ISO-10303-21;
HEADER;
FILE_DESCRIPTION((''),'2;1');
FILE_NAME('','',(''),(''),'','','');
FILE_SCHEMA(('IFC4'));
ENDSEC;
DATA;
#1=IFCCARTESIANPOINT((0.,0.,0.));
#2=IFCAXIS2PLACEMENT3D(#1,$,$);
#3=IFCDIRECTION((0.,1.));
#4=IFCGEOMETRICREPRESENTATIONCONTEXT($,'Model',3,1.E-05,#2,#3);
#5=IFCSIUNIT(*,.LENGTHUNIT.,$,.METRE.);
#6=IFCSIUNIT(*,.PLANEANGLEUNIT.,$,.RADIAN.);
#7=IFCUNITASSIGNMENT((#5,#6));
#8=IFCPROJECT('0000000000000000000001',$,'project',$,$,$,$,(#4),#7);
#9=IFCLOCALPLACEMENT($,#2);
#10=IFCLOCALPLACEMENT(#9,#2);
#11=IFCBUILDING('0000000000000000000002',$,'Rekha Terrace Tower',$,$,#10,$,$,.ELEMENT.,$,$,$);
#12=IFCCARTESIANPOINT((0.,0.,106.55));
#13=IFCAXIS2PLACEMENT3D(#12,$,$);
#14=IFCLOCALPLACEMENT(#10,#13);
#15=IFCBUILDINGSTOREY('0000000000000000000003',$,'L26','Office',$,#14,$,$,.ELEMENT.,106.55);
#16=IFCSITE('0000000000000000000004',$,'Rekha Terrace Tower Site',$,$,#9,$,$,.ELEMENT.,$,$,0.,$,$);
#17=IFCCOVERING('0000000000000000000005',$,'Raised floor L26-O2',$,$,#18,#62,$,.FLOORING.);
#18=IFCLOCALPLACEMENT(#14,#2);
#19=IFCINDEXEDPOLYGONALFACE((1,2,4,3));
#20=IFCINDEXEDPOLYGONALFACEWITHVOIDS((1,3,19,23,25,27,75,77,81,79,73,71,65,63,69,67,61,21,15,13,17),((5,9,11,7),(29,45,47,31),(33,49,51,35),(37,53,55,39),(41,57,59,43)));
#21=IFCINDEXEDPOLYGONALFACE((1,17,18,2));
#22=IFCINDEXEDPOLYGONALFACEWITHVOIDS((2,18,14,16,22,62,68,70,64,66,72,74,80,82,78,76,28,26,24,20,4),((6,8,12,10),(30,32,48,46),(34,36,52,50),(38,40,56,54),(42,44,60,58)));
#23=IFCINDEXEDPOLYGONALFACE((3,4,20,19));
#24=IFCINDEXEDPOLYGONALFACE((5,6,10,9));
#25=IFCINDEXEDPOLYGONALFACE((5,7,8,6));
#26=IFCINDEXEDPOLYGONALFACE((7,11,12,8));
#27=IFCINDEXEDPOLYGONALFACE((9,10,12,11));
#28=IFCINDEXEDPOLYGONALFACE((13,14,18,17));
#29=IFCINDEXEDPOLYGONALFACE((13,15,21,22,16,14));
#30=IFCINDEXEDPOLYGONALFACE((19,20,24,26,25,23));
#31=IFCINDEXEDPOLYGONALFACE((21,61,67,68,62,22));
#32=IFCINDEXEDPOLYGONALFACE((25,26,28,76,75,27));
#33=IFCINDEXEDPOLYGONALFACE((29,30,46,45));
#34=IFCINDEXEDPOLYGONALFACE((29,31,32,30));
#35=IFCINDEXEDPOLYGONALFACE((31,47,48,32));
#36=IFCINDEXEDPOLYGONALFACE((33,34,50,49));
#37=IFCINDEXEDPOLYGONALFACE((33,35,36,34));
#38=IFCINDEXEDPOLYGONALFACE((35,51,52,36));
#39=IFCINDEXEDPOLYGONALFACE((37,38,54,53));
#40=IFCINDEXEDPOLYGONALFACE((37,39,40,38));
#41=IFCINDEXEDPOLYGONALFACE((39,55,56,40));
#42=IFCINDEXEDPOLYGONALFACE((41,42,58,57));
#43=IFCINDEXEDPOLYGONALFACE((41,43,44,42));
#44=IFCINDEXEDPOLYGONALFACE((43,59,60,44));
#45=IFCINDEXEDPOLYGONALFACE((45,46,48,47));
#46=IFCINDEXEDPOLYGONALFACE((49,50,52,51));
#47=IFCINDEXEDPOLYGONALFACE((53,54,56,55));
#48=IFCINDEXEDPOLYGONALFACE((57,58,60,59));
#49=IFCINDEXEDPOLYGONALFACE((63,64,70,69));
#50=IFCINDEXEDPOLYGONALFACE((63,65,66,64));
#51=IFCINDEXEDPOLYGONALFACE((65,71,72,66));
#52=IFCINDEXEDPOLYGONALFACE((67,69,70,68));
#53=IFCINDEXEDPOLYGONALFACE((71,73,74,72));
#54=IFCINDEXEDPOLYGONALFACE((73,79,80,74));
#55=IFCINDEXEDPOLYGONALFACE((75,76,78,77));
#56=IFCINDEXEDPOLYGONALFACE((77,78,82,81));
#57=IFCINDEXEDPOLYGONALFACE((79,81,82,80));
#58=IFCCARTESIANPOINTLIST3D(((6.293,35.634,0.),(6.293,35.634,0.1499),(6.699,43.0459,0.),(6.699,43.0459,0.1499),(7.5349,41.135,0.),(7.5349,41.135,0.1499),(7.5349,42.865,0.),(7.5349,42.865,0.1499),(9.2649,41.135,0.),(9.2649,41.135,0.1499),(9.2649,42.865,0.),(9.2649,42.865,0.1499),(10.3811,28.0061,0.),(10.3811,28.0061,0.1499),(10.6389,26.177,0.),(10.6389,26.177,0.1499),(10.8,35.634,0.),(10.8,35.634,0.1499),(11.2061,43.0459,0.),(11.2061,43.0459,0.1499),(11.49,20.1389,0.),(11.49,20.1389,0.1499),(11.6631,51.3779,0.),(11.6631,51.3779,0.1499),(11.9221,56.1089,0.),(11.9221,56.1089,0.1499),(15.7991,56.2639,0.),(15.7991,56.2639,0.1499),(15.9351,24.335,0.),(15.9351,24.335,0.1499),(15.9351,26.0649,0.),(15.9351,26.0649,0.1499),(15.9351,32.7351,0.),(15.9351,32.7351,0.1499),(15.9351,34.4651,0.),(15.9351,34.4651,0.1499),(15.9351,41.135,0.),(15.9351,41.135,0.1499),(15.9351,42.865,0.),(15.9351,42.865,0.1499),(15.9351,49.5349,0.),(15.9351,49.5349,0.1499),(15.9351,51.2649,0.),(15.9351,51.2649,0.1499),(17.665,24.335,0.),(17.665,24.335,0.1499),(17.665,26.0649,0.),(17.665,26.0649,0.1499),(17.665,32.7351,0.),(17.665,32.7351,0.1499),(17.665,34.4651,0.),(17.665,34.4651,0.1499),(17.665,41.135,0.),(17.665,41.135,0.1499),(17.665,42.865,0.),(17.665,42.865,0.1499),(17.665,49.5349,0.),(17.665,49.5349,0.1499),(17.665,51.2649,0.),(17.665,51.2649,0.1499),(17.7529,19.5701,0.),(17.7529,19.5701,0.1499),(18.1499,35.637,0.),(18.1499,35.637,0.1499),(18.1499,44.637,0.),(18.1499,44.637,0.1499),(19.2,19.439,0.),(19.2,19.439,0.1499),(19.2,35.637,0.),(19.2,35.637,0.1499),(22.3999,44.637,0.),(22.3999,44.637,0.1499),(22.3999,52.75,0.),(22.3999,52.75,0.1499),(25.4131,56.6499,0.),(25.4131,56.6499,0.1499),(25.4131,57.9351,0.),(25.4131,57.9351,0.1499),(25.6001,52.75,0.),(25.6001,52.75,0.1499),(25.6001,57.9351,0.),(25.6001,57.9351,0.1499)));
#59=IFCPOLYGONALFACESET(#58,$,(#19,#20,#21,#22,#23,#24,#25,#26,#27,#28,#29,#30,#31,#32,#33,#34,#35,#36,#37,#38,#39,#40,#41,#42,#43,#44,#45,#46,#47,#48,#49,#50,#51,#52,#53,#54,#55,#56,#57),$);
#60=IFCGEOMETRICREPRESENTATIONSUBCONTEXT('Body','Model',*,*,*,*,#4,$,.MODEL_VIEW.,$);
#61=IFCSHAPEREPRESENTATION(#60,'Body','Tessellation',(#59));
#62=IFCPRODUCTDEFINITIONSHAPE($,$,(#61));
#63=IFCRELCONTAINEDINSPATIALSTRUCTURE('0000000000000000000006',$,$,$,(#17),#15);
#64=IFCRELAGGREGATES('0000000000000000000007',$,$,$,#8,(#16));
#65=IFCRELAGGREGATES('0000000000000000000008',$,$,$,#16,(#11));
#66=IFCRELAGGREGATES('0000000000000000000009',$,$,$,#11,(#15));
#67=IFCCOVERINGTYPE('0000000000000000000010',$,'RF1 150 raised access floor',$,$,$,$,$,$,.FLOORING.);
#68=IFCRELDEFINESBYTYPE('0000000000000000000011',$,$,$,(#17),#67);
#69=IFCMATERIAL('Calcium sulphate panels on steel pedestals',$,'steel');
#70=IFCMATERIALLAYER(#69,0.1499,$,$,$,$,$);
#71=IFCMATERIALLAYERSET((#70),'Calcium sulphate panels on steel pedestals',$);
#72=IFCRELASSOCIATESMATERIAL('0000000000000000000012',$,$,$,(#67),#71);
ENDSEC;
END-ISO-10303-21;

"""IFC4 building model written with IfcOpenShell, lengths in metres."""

from ifc_helpers import new_model, si_unit, direction, frame, origin, place, context, subcontext, project, spatial, polyline, outline, extrude, material, layer, layer_set, type_object, element, save


model = new_model("IFC4")

# Units and contexts
model_context = context("Model", 3, precision=1e-05, world=origin(), true_north=direction((0.0, 1.0)))
body_context = subcontext(model_context, "Body", "Model", "MODEL_VIEW")
ifc_project = project(units=[si_unit("LENGTHUNIT", "METRE"), si_unit("PLANEANGLEUNIT", "RADIAN")], contexts=[model_context])

# Site, building, storey
site_placement = place(None, origin())
site = spatial("IfcSite", under=ifc_project, at=site_placement, Name="Rekha Terrace Tower Site", CompositionType="ELEMENT", RefElevation=0.0)
building_placement = place(site_placement, origin())
building = spatial("IfcBuilding", under=site, at=building_placement, Name="Rekha Terrace Tower", CompositionType="ELEMENT")
storey_placement = place(building_placement, frame((0.0, 0.0, 106.55)))
storey = spatial("IfcBuildingStorey", under=building, at=storey_placement, Name="L26", Description="Office", CompositionType="ELEMENT", Elevation=106.55)

# Covering
ifc_material_1 = material(Name="Calcium sulphate panels on steel pedestals", Category="steel")
ifc_layer_1 = layer(ifc_material_1, 0.1499)
ifc_layer_set_1 = layer_set([ifc_layer_1], Name="Calcium sulphate panels on steel pedestals")
covering_type_1 = type_object("IfcCoveringType", Name="RF1 150 raised access floor", PredefinedType="FLOORING", material=ifc_layer_set_1)
covering_1_placement = place(storey_placement, origin())
element("IfcCovering", 1, at=covering_1_placement, inside=storey, type_object=covering_type_1, Name="Raised floor L26-O2", PredefinedType="FLOORING", context=body_context, shape_type="SweptSolid", body=[
    extrude(outline(polyline([(10.3811, 28.0061), (10.6389, 26.177), (11.49, 20.1389), (17.7529, 19.5701), (19.2, 19.439), (19.2, 35.637), (18.1499, 35.637), (18.1499, 44.637), (22.3999, 44.637), (22.3999, 52.75), (25.6001, 52.75), (25.6001, 57.9351), (25.4131, 57.9351), (25.4131, 56.6499), (15.7991, 56.2639), (11.9221, 56.1089), (11.6631, 51.3779), (11.2061, 43.0459), (6.699, 43.0459), (6.293, 35.634), (10.8, 35.634), (10.3811, 28.0061)]), holes=[polyline([(17.665, 26.0649), (17.665, 24.335), (15.9351, 24.335), (15.9351, 26.0649), (17.665, 26.0649)]), polyline([(17.665, 34.4651), (17.665, 32.7351), (15.9351, 32.7351), (15.9351, 34.4651), (17.665, 34.4651)]), polyline([(17.665, 41.135), (15.9351, 41.135), (15.9351, 42.865), (17.665, 42.865), (17.665, 41.135)]), polyline([(17.665, 49.5349), (15.9351, 49.5349), (15.9351, 51.2649), (17.665, 51.2649), (17.665, 49.5349)]), polyline([(9.2649, 41.135), (7.5349, 41.135), (7.5349, 42.865), (9.2649, 42.865), (9.2649, 41.135)])]), origin(), (0.0, 0.0, 1.0), 0.1499),
])

save(model, "model.ifc")
